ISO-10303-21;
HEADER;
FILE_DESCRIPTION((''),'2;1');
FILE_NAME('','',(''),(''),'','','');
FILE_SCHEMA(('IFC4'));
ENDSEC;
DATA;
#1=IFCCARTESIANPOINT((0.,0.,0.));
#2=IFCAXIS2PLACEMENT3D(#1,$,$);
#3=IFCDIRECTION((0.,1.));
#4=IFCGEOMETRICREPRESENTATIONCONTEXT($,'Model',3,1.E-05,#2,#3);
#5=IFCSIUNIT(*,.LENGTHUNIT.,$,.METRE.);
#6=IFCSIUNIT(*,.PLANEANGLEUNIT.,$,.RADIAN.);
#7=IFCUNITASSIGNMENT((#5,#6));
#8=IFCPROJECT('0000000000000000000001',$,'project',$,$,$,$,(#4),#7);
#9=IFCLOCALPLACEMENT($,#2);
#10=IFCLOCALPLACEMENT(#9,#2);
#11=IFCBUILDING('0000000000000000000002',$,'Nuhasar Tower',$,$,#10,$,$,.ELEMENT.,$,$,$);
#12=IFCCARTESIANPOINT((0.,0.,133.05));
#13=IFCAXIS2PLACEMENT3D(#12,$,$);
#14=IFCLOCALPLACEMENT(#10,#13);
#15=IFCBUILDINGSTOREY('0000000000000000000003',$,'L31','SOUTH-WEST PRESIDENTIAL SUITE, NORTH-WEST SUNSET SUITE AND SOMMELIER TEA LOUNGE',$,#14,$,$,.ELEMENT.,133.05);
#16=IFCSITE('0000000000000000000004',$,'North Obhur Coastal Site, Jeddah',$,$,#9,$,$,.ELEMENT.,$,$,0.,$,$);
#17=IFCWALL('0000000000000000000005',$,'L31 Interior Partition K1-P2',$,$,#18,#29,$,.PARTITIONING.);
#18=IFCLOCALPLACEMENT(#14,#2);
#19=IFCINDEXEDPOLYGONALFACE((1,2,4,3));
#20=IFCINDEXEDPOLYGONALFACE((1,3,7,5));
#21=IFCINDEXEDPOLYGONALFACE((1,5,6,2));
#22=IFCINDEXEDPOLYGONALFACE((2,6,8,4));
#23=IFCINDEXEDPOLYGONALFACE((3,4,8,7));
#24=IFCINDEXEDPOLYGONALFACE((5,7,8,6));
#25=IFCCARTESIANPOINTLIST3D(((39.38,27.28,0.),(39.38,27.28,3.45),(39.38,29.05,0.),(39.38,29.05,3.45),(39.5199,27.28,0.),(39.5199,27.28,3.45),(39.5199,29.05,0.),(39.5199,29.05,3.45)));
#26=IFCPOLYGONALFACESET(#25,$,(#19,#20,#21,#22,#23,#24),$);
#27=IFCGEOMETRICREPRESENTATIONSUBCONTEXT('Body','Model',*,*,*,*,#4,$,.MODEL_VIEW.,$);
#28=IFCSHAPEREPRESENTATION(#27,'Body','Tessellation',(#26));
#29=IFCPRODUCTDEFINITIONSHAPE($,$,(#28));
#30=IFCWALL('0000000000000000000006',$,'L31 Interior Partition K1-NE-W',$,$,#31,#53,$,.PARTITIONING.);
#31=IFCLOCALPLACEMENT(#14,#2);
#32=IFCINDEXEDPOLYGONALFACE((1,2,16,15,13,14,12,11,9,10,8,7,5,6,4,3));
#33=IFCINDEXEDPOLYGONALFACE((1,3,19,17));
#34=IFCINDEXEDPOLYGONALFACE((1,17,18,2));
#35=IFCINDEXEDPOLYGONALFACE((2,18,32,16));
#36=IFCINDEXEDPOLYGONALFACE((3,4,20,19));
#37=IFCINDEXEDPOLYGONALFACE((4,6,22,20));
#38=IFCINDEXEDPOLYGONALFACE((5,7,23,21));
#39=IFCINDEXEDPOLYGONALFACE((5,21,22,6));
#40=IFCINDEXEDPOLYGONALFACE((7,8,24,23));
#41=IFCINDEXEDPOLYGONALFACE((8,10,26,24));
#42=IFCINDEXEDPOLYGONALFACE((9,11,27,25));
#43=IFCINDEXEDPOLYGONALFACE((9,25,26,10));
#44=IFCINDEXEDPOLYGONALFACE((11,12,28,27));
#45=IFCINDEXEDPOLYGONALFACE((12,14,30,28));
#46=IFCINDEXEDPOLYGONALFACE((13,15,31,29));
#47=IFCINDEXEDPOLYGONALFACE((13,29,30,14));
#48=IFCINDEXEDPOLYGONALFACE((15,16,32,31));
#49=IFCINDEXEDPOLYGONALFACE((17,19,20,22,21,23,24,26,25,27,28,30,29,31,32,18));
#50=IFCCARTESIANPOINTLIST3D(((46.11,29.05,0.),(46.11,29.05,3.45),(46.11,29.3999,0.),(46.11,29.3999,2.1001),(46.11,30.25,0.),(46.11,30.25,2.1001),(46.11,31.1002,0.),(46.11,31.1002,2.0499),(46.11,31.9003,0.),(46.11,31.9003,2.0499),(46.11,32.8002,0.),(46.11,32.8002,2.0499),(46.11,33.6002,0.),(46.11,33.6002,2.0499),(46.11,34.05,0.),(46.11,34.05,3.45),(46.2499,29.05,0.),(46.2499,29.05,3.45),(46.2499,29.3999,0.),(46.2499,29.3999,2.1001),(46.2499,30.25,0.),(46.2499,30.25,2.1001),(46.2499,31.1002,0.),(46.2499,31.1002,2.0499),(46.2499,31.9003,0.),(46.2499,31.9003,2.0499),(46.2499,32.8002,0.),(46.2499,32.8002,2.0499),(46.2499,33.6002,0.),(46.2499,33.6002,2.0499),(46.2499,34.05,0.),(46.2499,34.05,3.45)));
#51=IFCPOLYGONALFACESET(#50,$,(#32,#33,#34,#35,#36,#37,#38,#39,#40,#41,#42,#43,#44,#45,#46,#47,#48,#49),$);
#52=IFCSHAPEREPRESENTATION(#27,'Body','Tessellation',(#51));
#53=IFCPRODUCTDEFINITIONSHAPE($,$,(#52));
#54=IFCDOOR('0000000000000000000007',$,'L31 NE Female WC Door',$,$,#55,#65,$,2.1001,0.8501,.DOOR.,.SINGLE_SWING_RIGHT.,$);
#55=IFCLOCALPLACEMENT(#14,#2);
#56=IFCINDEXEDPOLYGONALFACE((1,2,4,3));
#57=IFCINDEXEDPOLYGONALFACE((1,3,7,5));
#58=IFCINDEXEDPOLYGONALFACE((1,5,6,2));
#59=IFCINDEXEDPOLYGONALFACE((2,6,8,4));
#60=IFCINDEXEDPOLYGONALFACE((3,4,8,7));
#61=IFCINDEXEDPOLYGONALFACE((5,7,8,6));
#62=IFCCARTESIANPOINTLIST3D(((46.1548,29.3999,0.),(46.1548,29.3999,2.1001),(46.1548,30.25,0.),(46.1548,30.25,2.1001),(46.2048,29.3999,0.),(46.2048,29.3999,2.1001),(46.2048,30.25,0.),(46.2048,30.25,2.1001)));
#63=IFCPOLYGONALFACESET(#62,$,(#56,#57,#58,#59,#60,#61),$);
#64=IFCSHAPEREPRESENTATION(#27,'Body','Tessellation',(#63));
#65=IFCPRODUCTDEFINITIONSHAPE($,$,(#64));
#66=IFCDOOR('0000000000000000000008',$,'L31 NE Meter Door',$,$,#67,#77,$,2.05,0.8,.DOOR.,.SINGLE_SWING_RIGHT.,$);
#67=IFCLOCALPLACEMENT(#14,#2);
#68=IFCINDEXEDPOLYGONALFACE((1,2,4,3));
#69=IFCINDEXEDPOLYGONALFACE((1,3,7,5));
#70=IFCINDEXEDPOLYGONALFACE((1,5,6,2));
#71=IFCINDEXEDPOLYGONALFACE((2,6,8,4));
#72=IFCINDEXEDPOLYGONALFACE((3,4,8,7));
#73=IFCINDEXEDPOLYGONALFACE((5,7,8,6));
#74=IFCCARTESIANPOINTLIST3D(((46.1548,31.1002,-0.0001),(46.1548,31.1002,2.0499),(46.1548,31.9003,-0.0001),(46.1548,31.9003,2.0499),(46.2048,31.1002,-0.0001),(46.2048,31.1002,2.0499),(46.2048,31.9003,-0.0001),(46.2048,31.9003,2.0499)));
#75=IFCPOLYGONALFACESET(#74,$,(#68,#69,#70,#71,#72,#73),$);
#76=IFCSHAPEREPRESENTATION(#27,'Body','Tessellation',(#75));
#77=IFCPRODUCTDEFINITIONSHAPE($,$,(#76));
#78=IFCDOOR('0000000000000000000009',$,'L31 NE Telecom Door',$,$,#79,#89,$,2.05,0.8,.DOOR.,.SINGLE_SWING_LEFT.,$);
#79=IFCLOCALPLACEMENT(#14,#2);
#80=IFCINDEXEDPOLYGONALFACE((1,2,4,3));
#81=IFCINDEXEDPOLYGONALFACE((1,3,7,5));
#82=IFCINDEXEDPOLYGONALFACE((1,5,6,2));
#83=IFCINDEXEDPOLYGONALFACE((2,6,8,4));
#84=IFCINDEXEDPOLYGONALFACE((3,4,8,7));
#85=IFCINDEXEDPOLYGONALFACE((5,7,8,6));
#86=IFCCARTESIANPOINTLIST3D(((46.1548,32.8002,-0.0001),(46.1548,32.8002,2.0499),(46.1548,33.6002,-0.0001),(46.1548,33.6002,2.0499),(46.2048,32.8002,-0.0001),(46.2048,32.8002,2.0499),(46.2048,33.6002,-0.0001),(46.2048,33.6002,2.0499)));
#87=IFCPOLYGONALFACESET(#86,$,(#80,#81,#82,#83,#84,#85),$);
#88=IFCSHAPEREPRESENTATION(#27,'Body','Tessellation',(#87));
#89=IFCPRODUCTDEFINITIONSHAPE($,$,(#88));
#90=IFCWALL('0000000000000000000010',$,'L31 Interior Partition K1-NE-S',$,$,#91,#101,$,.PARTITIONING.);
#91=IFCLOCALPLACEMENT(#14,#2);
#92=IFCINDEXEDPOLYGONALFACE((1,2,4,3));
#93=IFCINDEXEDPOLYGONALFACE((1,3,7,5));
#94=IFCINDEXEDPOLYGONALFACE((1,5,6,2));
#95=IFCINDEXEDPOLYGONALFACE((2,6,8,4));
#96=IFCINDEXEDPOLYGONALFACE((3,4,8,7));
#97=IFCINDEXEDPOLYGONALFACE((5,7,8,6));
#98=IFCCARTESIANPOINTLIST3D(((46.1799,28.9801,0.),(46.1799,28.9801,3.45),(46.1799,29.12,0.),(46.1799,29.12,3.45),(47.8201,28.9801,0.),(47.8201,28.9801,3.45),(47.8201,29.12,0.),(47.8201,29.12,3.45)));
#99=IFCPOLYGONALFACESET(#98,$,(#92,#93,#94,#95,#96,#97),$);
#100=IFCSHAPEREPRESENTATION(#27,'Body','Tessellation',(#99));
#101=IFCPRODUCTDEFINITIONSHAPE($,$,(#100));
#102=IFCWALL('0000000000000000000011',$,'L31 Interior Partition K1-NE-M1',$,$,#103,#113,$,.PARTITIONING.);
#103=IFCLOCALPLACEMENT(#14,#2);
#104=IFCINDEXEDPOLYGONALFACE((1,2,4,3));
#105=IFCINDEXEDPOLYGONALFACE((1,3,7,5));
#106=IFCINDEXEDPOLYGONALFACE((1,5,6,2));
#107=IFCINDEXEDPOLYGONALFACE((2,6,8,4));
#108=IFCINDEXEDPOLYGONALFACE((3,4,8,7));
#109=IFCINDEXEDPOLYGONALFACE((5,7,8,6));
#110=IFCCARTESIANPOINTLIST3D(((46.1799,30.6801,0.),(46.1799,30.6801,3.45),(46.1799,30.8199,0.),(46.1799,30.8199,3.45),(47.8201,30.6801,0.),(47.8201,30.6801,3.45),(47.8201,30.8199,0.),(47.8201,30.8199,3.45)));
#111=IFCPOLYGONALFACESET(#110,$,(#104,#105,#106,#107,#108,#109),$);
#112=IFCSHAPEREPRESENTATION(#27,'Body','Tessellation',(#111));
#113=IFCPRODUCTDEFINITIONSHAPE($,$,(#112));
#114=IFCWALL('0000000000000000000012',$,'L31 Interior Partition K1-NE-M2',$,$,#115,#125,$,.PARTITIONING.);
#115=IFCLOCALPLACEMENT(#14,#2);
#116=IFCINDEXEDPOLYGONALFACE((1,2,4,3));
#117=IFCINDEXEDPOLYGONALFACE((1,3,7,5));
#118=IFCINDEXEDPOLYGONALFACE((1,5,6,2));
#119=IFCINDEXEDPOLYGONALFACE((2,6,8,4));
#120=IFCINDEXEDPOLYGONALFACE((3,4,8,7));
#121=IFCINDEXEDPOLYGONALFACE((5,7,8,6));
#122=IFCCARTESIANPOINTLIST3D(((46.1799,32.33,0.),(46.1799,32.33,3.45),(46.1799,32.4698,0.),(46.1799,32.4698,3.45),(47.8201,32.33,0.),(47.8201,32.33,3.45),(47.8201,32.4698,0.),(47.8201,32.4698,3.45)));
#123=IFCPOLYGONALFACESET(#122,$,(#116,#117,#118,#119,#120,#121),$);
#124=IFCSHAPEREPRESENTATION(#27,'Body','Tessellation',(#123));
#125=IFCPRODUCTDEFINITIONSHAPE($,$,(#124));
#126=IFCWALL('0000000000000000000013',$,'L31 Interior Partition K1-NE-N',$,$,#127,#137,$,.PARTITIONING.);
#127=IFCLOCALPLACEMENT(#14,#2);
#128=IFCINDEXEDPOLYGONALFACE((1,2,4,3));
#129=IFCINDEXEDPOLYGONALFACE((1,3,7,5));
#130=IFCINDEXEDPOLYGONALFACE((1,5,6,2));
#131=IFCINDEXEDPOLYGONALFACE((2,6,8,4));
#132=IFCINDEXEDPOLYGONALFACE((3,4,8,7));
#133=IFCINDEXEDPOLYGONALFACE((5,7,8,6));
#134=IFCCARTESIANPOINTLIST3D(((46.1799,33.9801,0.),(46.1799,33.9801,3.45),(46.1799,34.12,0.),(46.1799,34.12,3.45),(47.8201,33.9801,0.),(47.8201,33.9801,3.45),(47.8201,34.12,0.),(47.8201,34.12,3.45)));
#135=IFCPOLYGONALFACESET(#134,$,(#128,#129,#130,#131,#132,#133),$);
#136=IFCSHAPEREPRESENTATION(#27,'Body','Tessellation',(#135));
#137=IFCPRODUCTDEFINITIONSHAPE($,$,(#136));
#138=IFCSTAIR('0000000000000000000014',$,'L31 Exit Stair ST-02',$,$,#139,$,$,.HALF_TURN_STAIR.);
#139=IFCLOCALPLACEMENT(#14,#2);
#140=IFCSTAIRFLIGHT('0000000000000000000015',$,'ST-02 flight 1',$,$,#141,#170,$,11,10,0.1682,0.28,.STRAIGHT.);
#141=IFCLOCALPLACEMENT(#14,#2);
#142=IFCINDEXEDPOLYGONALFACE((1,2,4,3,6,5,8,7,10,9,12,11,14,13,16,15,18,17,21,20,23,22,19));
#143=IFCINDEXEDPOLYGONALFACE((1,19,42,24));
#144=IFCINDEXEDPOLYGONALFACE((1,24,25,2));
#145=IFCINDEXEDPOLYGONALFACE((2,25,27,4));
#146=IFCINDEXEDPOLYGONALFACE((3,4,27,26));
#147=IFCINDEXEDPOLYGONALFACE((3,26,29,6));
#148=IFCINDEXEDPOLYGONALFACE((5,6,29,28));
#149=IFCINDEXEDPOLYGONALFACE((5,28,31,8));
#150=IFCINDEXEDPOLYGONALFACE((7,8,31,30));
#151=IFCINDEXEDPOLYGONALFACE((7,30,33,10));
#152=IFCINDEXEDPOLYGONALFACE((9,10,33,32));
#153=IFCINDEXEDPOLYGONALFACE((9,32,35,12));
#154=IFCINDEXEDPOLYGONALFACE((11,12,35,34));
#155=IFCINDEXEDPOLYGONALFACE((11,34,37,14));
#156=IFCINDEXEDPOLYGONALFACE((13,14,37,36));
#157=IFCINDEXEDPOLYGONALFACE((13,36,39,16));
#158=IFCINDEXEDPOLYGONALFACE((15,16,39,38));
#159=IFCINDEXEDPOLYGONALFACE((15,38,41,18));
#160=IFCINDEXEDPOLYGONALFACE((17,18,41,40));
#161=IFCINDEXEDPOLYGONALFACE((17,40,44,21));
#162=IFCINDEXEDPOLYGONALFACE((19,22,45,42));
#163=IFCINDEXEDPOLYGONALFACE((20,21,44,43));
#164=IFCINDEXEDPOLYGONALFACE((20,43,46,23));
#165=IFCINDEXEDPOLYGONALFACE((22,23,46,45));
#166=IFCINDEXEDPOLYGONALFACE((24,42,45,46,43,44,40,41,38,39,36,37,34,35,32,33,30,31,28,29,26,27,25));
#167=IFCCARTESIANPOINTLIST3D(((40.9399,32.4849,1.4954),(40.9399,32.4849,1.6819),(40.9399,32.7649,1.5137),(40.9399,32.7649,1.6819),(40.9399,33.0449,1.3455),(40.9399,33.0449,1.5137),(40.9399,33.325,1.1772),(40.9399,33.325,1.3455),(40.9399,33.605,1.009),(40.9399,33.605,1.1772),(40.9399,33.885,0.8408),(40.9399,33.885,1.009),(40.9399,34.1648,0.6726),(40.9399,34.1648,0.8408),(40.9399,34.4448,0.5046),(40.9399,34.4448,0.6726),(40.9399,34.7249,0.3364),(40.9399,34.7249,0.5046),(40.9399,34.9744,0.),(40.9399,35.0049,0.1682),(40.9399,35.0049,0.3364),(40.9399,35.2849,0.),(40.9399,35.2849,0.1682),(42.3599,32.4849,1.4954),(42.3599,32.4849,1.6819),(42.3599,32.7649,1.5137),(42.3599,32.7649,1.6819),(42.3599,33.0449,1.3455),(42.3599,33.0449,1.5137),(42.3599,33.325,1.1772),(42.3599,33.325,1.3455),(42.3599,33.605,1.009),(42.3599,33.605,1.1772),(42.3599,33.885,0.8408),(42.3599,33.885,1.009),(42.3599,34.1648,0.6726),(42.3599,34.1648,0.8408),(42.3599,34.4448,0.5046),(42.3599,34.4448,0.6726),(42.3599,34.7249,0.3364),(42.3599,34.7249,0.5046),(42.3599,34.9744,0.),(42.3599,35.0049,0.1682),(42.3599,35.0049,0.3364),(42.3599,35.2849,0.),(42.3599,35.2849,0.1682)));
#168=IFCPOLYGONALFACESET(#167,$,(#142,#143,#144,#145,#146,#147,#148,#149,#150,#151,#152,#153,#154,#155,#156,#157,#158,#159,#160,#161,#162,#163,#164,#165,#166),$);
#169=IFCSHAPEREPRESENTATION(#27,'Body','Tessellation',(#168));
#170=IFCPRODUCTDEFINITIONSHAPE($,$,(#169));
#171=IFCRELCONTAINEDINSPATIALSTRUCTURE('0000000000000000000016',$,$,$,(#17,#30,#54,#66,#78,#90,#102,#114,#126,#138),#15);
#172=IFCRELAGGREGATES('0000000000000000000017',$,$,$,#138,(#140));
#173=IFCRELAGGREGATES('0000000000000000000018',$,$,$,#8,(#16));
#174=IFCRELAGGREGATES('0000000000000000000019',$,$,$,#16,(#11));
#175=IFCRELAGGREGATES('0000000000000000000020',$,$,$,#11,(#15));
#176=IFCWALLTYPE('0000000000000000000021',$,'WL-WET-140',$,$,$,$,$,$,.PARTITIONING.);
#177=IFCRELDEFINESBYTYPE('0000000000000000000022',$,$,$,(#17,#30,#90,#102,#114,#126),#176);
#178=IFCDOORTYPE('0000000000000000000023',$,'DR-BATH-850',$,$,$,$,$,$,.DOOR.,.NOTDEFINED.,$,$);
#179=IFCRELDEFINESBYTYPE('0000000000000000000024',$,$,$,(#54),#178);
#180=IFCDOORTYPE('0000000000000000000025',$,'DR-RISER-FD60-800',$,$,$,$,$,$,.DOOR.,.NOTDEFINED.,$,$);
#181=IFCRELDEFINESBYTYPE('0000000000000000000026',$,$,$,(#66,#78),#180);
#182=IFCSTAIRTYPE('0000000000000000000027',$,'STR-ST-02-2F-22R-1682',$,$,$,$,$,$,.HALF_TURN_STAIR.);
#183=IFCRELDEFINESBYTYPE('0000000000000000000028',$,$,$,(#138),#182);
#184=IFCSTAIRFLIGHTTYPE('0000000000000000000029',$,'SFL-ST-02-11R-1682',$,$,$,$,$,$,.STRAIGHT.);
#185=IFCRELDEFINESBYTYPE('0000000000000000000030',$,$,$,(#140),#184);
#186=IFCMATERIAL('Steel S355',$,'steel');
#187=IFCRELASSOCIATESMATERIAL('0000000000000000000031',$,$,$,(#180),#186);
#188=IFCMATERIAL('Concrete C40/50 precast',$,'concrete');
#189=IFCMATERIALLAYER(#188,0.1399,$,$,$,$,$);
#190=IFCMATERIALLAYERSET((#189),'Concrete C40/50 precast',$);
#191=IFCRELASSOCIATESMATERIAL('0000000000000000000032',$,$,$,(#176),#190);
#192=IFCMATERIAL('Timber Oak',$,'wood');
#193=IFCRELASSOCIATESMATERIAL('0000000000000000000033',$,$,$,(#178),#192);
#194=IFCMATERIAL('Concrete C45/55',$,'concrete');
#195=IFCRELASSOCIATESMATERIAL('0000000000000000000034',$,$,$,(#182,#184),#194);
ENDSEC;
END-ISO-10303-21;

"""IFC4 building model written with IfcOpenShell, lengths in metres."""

from ifc_helpers import new_model, si_unit, direction, frame, frame_2d, origin, place, context, subcontext, project, spatial, polyline, rectangle, outline, extrude, material, layer, layer_set, type_object, element, fill, aggregate, save


model = new_model("IFC4")

# Units and contexts
model_context = context("Model", 3, precision=1e-05, world=origin(), true_north=direction((0.0, 1.0)))
body_context = subcontext(model_context, "Body", "Model", "MODEL_VIEW")
ifc_project = project(units=[si_unit("LENGTHUNIT", "METRE"), si_unit("PLANEANGLEUNIT", "RADIAN")], contexts=[model_context])

# Site, building, storey
site_placement = place(None, origin())
site = spatial("IfcSite", under=ifc_project, at=site_placement, Name="North Obhur Coastal Site, Jeddah", CompositionType="ELEMENT", RefElevation=0.0)
building_placement = place(site_placement, origin())
building = spatial("IfcBuilding", under=site, at=building_placement, Name="Nuhasar Tower", CompositionType="ELEMENT")
storey_placement = place(building_placement, frame((0.0, 0.0, 133.05)))
storey = spatial("IfcBuildingStorey", under=building, at=storey_placement, Name="L31", Description="SOUTH-WEST PRESIDENTIAL SUITE, NORTH-WEST SUNSET SUITE AND SOMMELIER TEA LOUNGE", CompositionType="ELEMENT", Elevation=133.05)

# Shared definitions
ifc_material_1 = material(Name="Steel S355", Category="steel")

# Shared definitions
ifc_material_2 = material(Name="Concrete C45/55", Category="concrete")

# Shared definitions
door_type_1 = type_object("IfcDoorType", Name="DR-RISER-FD60-800", OperationType="NOTDEFINED", PredefinedType="DOOR", material=ifc_material_1)

# Wall
ifc_material_3 = material(Name="Concrete C40/50 precast", Category="concrete")
ifc_layer_1 = layer(ifc_material_3, 0.1399)
ifc_layer_set_1 = layer_set([ifc_layer_1], Name="Concrete C40/50 precast")
wall_type_1 = type_object("IfcWallType", Name="WL-WET-140", PredefinedType="PARTITIONING", material=ifc_layer_set_1)
wall_1_placement = place(storey_placement, frame((39.45, 27.28, 0.0), z_axis=(0.0, 0.0, 1.0), x_axis=(0.0, 1.0, 0.0)))
element("IfcWall", 1, at=wall_1_placement, inside=storey, type_object=wall_type_1, Name="L31 Interior Partition K1-P2", PredefinedType="PARTITIONING", context=body_context, shape_type="SweptSolid", body=[
    extrude(rectangle(XDim=1.77, YDim=0.1399, at=frame_2d((0.885, 0.0))), origin(), (0.0, 0.0, 1.0), 3.45),
])

# Wall, openings, doors
wall_2_placement = place(storey_placement, frame((46.1799, 34.05, 0.0), z_axis=(0.0, 0.0, 1.0), x_axis=(0.0, -1.0, 0.0)))
wall_2 = element("IfcWall", 2, at=wall_2_placement, inside=storey, type_object=wall_type_1, Name="L31 Interior Partition K1-NE-W", PredefinedType="PARTITIONING", context=body_context, shape_type="SweptSolid", body=[
    extrude(rectangle(XDim=5.0, YDim=0.1399, at=frame_2d((2.5, 0.0))), origin(), (0.0, 0.0, 1.0), 3.45),
])
opening_1_placement = place(wall_2_placement, frame((3.8, 0.0, 0.0)))
opening_1 = element("IfcOpeningElement", 3, at=opening_1_placement, cuts=wall_2, PredefinedType="OPENING", context=body_context, shape_type="SweptSolid", body=[
    extrude(rectangle(XDim=0.8501, YDim=2.1001, at=frame_2d((0.425, 1.05))), frame((0.0, 0.0801, 0.0), z_axis=(0.0, -1.0, 0.0), x_axis=(1.0, 0.0, 0.0)), (0.0, 0.0, 1.0), 0.1599),
])
opening_2_placement = place(wall_2_placement, frame((2.1499, 0.0, 0.0)))
opening_2 = element("IfcOpeningElement", 4, at=opening_2_placement, cuts=wall_2, PredefinedType="OPENING", context=body_context, shape_type="SweptSolid", body=[
    extrude(rectangle(XDim=0.8, YDim=2.05, at=frame_2d((0.3999, 1.0249))), frame((0.0, 0.0801, 0.0), z_axis=(0.0, -1.0, 0.0), x_axis=(1.0, 0.0, 0.0)), (0.0, 0.0, 1.0), 0.1599),
])
opening_3_placement = place(wall_2_placement, frame((0.45, 0.0, 0.0)))
opening_3 = element("IfcOpeningElement", 5, at=opening_3_placement, cuts=wall_2, PredefinedType="OPENING", context=body_context, shape_type="SweptSolid", body=[
    extrude(rectangle(XDim=0.8, YDim=2.05, at=frame_2d((0.3999, 1.0249))), frame((0.0, 0.0801, 0.0), z_axis=(0.0, -1.0, 0.0), x_axis=(1.0, 0.0, 0.0)), (0.0, 0.0, 1.0), 0.1599),
])
ifc_material_4 = material(Name="Timber Oak", Category="wood")
door_type_2 = type_object("IfcDoorType", Name="DR-BATH-850", OperationType="NOTDEFINED", PredefinedType="DOOR", material=ifc_material_4)
door_1_placement = place(opening_1_placement, origin())
door_1 = element("IfcDoor", 6, at=door_1_placement, inside=storey, type_object=door_type_2, Name="L31 NE Female WC Door", OperationType="SINGLE_SWING_RIGHT", OverallHeight=2.1001, OverallWidth=0.8501, PredefinedType="DOOR", context=body_context, shape_type="SweptSolid", body=[
    extrude(rectangle(XDim=0.8501, YDim=2.1001, at=frame_2d((0.425, 1.05))), frame((0.0, 0.0249, 0.0), z_axis=(0.0, -1.0, 0.0), x_axis=(1.0, 0.0, 0.0)), (0.0, 0.0, 1.0), 0.05),
])
fill(opening_1, door_1)
door_2_placement = place(opening_2_placement, origin())
door_2 = element("IfcDoor", 7, at=door_2_placement, inside=storey, type_object=door_type_1, Name="L31 NE Meter Door", OperationType="SINGLE_SWING_RIGHT", OverallHeight=2.05, OverallWidth=0.8, PredefinedType="DOOR", context=body_context, shape_type="SweptSolid", body=[
    extrude(rectangle(XDim=0.8, YDim=2.05, at=frame_2d((0.3999, 1.0249))), frame((0.0, 0.0249, 0.0), z_axis=(0.0, -1.0, 0.0), x_axis=(1.0, 0.0, 0.0)), (0.0, 0.0, 1.0), 0.05),
])
fill(opening_2, door_2)
door_3_placement = place(opening_3_placement, origin())
door_3 = element("IfcDoor", 8, at=door_3_placement, inside=storey, type_object=door_type_1, Name="L31 NE Telecom Door", OperationType="SINGLE_SWING_LEFT", OverallHeight=2.05, OverallWidth=0.8, PredefinedType="DOOR", context=body_context, shape_type="SweptSolid", body=[
    extrude(rectangle(XDim=0.8, YDim=2.05, at=frame_2d((0.3999, 1.0249))), frame((0.0, 0.0249, 0.0), z_axis=(0.0, -1.0, 0.0), x_axis=(1.0, 0.0, 0.0)), (0.0, 0.0, 1.0), 0.05),
])
fill(opening_3, door_3)

# Walls
for number, where, z_axis, x_axis, name in (
    (9, (46.1799, 29.05, 0.0), (0.0, 0.0, 1.0), (1.0, 0.0, 0.0), "L31 Interior Partition K1-NE-S"),
    (10, (46.1799, 30.75, 0.0), (0.0, 0.0, 1.0), (1.0, 0.0, 0.0), "L31 Interior Partition K1-NE-M1"),
    (11, (46.1799, 32.3999, 0.0), (0.0, 0.0, 1.0), (1.0, 0.0, 0.0), "L31 Interior Partition K1-NE-M2"),
    (12, (46.1799, 34.05, 0.0), (0.0, 0.0, 1.0), (1.0, 0.0, 0.0), "L31 Interior Partition K1-NE-N"),
):
    element("IfcWall", number, at=place(storey_placement, frame(where, z_axis=z_axis, x_axis=x_axis)), inside=storey, type_object=wall_type_1, Name=name, PredefinedType="PARTITIONING", context=body_context, shape_type="SweptSolid", body=[
        extrude(rectangle(XDim=1.6401, YDim=0.1399, at=frame_2d((0.8201, 0.0))), origin(), (0.0, 0.0, 1.0), 3.45),
    ])

# Stair, stair flight
stair_type_1 = type_object("IfcStairType", Name="STR-ST-02-2F-22R-1682", PredefinedType="HALF_TURN_STAIR", material=ifc_material_2)
stair_1_placement = place(storey_placement, origin())
stair_1 = element("IfcStair", 13, at=stair_1_placement, inside=storey, type_object=stair_type_1, Name="L31 Exit Stair ST-02", PredefinedType="HALF_TURN_STAIR")
stair_flight_type_1 = type_object("IfcStairFlightType", Name="SFL-ST-02-11R-1682", PredefinedType="STRAIGHT", material=ifc_material_2)
stair_flight_1_placement = place(storey_placement, frame((41.6499, 35.2849, 0.0), z_axis=(0.0, 0.0, 1.0), x_axis=(0.0, -1.0, 0.0)))
stair_flight_1 = element("IfcStairFlight", 14, at=stair_flight_1_placement, type_object=stair_flight_type_1, Name="ST-02 flight 1", NumberOfRisers=11, NumberOfTreads=10, PredefinedType="STRAIGHT", RiserHeight=0.1682, TreadLength=0.28, context=body_context, shape_type="SweptSolid", body=[
    extrude(outline(polyline([(0.0, 0.0), (0.0, 0.1682), (0.28, 0.1682), (0.28, 0.3364), (0.5601, 0.3364), (0.5601, 0.5046), (0.8401, 0.5046), (0.8401, 0.6726), (1.1201, 0.6726), (1.1201, 0.8408), (1.3999, 0.8408), (1.3999, 1.009), (1.6799, 1.009), (1.6799, 1.1772), (1.96, 1.1772), (1.96, 1.3455), (2.24, 1.3455), (2.24, 1.5137), (2.52, 1.5137), (2.52, 1.6819), (2.8, 1.6819), (2.8, 1.8501), (2.8, 1.4954), (0.3105, 0.0), (0.0, 0.0)])), frame((0.0, 0.71, 0.0), z_axis=(0.0, -1.0, 0.0), x_axis=(1.0, 0.0, 0.0)), (0.0, 0.0, 1.0), 1.4199),
])
aggregate(stair_1, [stair_flight_1])

save(model, "model.ifc")
